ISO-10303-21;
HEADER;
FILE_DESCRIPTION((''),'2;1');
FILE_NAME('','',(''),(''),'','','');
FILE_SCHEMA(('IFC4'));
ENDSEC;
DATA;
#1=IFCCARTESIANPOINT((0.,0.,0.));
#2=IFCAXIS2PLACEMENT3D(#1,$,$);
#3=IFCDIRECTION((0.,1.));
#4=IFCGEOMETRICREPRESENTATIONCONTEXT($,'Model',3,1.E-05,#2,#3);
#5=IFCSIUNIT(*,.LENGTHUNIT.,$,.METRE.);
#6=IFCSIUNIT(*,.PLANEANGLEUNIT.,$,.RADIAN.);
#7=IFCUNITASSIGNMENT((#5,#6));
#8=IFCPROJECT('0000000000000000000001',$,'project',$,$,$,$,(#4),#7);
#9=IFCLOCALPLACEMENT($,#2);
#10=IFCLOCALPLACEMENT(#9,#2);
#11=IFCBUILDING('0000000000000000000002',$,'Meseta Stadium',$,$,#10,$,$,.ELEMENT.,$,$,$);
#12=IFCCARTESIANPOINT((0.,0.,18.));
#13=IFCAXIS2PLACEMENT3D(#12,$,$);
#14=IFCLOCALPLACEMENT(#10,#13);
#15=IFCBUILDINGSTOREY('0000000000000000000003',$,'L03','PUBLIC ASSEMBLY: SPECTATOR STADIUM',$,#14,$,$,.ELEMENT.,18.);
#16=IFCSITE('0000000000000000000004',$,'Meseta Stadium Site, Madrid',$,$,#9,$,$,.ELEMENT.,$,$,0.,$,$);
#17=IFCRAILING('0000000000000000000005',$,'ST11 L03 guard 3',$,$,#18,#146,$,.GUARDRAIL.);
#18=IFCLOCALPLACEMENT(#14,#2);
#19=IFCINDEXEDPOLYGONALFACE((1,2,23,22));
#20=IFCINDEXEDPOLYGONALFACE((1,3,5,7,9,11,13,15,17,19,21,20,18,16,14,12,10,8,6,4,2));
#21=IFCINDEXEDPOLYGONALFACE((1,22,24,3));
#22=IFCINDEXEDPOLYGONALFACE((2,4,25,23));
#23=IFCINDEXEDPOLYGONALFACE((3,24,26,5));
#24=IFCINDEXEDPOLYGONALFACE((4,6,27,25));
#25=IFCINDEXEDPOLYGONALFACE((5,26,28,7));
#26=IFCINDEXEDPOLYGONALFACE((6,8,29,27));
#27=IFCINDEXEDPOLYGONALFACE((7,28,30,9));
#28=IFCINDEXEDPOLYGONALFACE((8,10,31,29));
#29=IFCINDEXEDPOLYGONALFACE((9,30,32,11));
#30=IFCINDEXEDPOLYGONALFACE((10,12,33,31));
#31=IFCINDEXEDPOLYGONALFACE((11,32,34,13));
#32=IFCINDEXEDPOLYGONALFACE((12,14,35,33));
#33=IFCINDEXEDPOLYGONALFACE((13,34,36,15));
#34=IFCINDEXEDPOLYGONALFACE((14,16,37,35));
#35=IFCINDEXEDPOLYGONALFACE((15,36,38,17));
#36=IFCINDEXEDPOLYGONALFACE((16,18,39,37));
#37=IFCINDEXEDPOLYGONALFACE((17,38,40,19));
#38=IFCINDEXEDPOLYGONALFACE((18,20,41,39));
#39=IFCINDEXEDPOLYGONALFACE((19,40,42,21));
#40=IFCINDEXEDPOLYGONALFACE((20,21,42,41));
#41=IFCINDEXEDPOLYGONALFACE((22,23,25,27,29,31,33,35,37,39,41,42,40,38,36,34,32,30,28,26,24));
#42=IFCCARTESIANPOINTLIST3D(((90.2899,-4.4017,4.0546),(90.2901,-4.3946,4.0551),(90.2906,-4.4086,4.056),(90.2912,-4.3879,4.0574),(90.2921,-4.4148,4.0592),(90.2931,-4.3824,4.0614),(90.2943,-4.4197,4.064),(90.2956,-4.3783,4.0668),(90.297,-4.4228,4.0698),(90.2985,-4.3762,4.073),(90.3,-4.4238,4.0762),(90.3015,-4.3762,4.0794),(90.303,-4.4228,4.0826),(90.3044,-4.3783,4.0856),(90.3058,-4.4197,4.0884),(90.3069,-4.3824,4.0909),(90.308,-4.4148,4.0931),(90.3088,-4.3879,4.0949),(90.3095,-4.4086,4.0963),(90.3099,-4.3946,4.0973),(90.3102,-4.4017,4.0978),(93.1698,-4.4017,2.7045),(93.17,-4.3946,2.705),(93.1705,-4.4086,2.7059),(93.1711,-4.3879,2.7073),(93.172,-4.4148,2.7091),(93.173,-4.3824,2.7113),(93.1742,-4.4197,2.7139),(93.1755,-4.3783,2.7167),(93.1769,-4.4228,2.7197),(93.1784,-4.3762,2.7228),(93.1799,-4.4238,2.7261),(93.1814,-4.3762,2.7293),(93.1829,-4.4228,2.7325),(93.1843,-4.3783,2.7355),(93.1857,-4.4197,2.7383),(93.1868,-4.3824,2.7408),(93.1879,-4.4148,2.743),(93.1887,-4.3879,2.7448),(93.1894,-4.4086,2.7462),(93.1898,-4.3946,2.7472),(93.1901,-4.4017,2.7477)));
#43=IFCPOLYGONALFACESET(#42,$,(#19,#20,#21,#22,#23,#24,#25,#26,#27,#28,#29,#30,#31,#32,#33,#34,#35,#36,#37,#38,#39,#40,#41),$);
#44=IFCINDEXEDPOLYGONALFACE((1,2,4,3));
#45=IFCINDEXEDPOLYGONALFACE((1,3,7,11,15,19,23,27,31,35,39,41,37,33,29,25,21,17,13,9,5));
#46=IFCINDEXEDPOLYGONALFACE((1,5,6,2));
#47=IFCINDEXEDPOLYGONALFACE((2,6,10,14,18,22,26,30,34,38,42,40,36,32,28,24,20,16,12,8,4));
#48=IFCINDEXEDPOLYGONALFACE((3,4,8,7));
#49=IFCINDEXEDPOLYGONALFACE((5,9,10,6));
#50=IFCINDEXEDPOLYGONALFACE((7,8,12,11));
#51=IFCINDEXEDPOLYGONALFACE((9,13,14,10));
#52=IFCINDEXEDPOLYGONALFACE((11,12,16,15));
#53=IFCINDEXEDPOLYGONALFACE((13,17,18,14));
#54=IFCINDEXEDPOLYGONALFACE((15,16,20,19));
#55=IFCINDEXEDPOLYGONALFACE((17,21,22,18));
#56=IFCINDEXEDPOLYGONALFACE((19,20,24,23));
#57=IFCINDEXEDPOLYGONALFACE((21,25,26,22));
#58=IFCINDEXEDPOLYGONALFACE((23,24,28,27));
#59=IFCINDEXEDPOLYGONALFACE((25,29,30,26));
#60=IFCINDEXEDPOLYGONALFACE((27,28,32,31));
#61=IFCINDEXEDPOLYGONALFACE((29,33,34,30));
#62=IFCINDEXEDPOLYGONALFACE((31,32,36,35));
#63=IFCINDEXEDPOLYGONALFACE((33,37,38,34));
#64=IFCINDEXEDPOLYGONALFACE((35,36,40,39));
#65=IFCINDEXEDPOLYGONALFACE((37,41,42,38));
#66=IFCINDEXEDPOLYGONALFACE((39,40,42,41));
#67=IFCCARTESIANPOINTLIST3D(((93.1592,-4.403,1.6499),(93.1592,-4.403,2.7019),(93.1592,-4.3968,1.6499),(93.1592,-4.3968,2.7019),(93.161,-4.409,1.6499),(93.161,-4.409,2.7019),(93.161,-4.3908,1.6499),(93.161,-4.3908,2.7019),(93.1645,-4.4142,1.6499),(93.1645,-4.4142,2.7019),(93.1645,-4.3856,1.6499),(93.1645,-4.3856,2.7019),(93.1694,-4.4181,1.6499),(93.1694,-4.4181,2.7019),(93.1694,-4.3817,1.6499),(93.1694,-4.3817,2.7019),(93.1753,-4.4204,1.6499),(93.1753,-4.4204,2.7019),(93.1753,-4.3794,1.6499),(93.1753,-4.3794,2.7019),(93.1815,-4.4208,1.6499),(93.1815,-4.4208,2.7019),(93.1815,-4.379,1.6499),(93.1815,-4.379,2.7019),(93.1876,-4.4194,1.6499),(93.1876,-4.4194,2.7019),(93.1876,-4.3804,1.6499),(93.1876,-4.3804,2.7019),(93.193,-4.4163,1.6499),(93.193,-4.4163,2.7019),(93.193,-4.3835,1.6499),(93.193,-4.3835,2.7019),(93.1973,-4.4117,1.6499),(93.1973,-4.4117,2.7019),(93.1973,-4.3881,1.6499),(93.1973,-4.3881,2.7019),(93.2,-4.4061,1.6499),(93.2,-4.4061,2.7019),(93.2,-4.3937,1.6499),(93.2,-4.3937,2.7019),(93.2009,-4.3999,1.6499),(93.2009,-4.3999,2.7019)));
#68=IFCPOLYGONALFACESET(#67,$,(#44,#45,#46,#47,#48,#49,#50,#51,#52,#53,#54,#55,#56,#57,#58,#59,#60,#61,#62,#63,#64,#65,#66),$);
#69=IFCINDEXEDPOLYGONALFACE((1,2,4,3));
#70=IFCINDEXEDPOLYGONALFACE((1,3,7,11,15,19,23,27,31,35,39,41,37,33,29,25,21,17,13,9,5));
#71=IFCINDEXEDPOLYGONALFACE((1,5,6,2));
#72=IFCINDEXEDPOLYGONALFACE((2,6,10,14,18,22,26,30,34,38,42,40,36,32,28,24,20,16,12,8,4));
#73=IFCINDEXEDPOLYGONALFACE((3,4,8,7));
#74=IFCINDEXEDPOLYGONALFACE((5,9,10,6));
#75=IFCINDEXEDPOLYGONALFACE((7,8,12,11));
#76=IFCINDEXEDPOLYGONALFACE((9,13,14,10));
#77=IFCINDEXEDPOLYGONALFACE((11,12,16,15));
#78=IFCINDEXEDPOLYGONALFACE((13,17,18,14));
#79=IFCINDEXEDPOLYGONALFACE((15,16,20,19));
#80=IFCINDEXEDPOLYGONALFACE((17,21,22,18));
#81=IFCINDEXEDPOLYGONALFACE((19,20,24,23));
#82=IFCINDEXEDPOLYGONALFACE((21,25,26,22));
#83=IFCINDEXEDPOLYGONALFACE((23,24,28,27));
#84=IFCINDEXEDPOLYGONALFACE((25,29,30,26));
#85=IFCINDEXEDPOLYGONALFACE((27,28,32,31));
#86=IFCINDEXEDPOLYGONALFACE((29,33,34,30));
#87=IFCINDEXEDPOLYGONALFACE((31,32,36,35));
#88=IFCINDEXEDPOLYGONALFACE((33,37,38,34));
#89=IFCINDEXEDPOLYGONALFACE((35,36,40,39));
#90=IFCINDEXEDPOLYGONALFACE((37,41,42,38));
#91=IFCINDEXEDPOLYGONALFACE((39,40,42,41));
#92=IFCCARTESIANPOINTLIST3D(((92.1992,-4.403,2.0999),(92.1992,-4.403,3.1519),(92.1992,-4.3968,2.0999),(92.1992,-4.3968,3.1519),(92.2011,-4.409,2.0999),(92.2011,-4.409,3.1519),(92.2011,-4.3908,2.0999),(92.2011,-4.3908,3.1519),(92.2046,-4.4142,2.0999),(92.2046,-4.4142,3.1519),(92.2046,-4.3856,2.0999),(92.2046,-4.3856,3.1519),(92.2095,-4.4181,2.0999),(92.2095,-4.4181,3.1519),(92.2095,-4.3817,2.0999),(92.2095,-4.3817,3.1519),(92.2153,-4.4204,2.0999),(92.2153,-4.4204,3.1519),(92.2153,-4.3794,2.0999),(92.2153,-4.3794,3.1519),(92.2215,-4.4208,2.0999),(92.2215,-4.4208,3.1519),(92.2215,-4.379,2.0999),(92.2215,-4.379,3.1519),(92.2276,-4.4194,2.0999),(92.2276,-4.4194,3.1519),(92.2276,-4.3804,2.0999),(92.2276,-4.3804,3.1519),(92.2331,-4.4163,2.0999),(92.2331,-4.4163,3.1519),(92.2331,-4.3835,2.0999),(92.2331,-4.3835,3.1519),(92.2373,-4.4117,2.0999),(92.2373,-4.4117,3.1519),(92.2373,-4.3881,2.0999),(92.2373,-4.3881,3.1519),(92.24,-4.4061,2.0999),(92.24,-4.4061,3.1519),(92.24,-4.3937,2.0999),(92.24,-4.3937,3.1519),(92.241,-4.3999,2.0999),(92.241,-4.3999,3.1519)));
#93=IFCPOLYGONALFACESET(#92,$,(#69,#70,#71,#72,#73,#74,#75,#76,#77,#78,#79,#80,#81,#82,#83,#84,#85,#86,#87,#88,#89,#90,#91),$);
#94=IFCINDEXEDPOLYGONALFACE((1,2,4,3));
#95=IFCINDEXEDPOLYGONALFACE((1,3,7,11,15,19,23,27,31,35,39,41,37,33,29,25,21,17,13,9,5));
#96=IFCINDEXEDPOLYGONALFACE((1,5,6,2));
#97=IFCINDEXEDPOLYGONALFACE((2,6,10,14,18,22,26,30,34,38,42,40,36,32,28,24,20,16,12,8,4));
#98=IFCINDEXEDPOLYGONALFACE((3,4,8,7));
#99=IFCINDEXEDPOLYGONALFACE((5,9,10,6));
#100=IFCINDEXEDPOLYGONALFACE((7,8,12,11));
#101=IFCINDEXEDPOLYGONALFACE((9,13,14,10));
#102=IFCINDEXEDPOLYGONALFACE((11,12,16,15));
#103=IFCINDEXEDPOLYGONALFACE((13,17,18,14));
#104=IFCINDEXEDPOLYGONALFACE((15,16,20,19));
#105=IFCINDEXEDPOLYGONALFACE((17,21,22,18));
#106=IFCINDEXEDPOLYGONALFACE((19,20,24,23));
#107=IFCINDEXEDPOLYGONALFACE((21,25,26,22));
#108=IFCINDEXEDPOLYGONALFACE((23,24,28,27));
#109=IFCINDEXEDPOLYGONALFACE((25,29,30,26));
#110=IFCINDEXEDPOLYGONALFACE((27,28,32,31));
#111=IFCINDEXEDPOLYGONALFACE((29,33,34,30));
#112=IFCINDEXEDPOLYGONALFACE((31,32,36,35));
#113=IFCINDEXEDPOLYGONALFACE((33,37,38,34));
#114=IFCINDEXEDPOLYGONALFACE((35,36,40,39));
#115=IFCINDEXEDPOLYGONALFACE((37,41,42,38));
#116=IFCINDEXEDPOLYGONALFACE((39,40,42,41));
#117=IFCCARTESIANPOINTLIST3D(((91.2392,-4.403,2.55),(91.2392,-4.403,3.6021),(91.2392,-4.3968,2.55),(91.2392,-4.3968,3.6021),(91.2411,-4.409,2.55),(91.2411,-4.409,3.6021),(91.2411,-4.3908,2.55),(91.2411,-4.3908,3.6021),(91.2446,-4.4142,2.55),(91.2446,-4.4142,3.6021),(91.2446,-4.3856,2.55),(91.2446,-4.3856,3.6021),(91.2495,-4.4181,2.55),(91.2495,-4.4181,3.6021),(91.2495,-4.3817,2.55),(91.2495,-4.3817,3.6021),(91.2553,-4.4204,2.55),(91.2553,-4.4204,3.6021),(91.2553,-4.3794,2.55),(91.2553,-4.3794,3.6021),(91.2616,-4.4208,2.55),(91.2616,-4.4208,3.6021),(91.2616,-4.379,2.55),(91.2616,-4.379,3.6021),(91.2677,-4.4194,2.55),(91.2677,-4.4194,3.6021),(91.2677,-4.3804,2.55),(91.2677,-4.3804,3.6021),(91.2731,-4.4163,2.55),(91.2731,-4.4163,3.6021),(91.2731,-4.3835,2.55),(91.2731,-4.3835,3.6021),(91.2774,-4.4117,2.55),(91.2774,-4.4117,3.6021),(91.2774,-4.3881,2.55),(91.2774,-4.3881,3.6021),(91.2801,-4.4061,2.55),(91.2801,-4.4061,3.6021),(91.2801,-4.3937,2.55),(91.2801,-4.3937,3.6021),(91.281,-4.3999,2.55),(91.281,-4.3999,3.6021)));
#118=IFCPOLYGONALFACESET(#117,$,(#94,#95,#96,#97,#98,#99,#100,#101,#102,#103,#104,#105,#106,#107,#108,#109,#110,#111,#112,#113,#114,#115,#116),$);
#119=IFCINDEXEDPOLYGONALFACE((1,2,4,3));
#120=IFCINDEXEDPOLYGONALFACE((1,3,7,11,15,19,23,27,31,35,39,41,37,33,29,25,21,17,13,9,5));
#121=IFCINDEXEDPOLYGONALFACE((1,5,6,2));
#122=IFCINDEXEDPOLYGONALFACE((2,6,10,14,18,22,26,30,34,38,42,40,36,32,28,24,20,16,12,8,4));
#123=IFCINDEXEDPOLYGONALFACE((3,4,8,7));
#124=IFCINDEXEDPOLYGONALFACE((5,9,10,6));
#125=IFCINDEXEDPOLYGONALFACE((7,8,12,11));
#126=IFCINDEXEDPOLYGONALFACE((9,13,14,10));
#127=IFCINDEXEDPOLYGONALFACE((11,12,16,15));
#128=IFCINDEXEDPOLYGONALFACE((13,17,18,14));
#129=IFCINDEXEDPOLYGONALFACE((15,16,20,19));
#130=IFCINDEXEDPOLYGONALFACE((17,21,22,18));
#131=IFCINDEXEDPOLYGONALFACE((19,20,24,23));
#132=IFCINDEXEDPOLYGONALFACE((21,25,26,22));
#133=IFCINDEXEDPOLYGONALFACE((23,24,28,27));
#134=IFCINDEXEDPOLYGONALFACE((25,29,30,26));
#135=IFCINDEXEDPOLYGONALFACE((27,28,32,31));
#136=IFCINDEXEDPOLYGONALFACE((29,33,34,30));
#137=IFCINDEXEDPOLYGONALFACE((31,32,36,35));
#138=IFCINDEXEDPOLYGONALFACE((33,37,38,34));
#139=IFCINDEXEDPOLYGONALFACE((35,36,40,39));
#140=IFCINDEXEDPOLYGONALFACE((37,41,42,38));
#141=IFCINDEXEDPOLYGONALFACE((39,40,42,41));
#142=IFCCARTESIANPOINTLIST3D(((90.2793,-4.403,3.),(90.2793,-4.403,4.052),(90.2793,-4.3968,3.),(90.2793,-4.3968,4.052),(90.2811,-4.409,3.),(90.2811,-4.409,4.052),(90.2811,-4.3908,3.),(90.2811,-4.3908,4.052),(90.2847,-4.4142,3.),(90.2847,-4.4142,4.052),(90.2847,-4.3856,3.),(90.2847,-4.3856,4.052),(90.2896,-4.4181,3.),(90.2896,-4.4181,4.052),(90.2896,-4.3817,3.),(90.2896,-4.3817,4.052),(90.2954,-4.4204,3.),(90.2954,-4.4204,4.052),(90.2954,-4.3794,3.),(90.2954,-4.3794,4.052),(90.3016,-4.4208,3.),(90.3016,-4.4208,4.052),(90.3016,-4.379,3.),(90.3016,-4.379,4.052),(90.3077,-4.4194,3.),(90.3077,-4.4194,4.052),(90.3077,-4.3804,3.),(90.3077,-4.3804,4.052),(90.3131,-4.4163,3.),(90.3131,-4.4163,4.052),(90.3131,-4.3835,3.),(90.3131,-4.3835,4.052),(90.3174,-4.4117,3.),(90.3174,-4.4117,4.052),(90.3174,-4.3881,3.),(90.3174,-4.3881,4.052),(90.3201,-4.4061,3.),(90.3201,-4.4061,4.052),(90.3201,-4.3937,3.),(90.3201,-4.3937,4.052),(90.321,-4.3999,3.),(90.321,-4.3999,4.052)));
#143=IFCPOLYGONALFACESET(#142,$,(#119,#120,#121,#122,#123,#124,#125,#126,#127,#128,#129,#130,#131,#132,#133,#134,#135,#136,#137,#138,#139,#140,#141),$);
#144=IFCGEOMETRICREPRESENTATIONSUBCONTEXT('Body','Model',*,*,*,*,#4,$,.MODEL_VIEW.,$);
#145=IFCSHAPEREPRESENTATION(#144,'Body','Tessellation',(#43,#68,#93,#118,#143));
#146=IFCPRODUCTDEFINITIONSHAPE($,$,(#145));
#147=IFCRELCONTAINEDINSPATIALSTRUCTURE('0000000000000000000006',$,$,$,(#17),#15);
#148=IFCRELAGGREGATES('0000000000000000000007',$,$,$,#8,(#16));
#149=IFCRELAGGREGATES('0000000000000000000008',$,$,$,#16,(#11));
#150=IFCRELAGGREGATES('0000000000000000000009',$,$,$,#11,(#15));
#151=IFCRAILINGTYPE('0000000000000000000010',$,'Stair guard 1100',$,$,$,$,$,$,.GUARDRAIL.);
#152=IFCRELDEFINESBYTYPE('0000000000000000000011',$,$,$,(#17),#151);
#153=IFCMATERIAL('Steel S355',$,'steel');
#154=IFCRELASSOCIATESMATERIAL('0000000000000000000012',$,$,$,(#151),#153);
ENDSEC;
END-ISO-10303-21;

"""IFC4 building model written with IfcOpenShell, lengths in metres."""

from ifc_helpers import new_model, si_unit, direction, frame, origin, origin_2d, place, context, subcontext, project, spatial, circle, extrude, material, type_object, element, save


model = new_model("IFC4")

# Units and contexts
model_context = context("Model", 3, precision=1e-05, world=origin(), true_north=direction((0.0, 1.0)))
body_context = subcontext(model_context, "Body", "Model", "MODEL_VIEW")
ifc_project = project(units=[si_unit("LENGTHUNIT", "METRE"), si_unit("PLANEANGLEUNIT", "RADIAN")], contexts=[model_context])

# Site, building, storey
site_placement = place(None, origin())
site = spatial("IfcSite", under=ifc_project, at=site_placement, Name="Meseta Stadium Site, Madrid", CompositionType="ELEMENT", RefElevation=0.0)
building_placement = place(site_placement, origin())
building = spatial("IfcBuilding", under=site, at=building_placement, Name="Meseta Stadium", CompositionType="ELEMENT")
storey_placement = place(building_placement, frame((0.0, 0.0, 18.0)))
storey = spatial("IfcBuildingStorey", under=building, at=storey_placement, Name="L03", Description="PUBLIC ASSEMBLY: SPECTATOR STADIUM", CompositionType="ELEMENT", Elevation=18.0)

# Railing
ifc_material_1 = material(Name="Steel S355", Category="steel")
railing_type_1 = type_object("IfcRailingType", Name="Stair guard 1100", PredefinedType="GUARDRAIL", material=ifc_material_1)
for number, where, name in (
    (1, (93.1799, -4.3999, 1.6499), "ST11 L03 guard 3"),
):
    element("IfcRailing", number, at=place(storey_placement, frame(where)), inside=storey, type_object=railing_type_1, Name=name, PredefinedType="GUARDRAIL", context=body_context, shape_type="SweptSolid", body=[
        extrude(circle(Radius=0.0239, at=origin_2d()), frame((0.0, 0.0, 1.0762), z_axis=(-0.90544, 0.0, 0.424473), x_axis=(0.0, -1.0, 0.0)), (0.0, 0.0, 1.0), 3.1807),
        extrude(circle(Radius=0.021, at=origin_2d()), origin(), (0.0, 0.0, 1.0), 1.052),
        extrude(circle(Radius=0.021, at=origin_2d()), frame((-0.96, 0.0, 0.45)), (0.0, 0.0, 1.0), 1.052),
        extrude(circle(Radius=0.021, at=origin_2d()), frame((-1.9199, 0.0, 0.9001)), (0.0, 0.0, 1.0), 1.052),
        extrude(circle(Radius=0.021, at=origin_2d()), frame((-2.8799, 0.0, 1.3501)), (0.0, 0.0, 1.0), 1.052),
    ])

save(model, "model.ifc")
